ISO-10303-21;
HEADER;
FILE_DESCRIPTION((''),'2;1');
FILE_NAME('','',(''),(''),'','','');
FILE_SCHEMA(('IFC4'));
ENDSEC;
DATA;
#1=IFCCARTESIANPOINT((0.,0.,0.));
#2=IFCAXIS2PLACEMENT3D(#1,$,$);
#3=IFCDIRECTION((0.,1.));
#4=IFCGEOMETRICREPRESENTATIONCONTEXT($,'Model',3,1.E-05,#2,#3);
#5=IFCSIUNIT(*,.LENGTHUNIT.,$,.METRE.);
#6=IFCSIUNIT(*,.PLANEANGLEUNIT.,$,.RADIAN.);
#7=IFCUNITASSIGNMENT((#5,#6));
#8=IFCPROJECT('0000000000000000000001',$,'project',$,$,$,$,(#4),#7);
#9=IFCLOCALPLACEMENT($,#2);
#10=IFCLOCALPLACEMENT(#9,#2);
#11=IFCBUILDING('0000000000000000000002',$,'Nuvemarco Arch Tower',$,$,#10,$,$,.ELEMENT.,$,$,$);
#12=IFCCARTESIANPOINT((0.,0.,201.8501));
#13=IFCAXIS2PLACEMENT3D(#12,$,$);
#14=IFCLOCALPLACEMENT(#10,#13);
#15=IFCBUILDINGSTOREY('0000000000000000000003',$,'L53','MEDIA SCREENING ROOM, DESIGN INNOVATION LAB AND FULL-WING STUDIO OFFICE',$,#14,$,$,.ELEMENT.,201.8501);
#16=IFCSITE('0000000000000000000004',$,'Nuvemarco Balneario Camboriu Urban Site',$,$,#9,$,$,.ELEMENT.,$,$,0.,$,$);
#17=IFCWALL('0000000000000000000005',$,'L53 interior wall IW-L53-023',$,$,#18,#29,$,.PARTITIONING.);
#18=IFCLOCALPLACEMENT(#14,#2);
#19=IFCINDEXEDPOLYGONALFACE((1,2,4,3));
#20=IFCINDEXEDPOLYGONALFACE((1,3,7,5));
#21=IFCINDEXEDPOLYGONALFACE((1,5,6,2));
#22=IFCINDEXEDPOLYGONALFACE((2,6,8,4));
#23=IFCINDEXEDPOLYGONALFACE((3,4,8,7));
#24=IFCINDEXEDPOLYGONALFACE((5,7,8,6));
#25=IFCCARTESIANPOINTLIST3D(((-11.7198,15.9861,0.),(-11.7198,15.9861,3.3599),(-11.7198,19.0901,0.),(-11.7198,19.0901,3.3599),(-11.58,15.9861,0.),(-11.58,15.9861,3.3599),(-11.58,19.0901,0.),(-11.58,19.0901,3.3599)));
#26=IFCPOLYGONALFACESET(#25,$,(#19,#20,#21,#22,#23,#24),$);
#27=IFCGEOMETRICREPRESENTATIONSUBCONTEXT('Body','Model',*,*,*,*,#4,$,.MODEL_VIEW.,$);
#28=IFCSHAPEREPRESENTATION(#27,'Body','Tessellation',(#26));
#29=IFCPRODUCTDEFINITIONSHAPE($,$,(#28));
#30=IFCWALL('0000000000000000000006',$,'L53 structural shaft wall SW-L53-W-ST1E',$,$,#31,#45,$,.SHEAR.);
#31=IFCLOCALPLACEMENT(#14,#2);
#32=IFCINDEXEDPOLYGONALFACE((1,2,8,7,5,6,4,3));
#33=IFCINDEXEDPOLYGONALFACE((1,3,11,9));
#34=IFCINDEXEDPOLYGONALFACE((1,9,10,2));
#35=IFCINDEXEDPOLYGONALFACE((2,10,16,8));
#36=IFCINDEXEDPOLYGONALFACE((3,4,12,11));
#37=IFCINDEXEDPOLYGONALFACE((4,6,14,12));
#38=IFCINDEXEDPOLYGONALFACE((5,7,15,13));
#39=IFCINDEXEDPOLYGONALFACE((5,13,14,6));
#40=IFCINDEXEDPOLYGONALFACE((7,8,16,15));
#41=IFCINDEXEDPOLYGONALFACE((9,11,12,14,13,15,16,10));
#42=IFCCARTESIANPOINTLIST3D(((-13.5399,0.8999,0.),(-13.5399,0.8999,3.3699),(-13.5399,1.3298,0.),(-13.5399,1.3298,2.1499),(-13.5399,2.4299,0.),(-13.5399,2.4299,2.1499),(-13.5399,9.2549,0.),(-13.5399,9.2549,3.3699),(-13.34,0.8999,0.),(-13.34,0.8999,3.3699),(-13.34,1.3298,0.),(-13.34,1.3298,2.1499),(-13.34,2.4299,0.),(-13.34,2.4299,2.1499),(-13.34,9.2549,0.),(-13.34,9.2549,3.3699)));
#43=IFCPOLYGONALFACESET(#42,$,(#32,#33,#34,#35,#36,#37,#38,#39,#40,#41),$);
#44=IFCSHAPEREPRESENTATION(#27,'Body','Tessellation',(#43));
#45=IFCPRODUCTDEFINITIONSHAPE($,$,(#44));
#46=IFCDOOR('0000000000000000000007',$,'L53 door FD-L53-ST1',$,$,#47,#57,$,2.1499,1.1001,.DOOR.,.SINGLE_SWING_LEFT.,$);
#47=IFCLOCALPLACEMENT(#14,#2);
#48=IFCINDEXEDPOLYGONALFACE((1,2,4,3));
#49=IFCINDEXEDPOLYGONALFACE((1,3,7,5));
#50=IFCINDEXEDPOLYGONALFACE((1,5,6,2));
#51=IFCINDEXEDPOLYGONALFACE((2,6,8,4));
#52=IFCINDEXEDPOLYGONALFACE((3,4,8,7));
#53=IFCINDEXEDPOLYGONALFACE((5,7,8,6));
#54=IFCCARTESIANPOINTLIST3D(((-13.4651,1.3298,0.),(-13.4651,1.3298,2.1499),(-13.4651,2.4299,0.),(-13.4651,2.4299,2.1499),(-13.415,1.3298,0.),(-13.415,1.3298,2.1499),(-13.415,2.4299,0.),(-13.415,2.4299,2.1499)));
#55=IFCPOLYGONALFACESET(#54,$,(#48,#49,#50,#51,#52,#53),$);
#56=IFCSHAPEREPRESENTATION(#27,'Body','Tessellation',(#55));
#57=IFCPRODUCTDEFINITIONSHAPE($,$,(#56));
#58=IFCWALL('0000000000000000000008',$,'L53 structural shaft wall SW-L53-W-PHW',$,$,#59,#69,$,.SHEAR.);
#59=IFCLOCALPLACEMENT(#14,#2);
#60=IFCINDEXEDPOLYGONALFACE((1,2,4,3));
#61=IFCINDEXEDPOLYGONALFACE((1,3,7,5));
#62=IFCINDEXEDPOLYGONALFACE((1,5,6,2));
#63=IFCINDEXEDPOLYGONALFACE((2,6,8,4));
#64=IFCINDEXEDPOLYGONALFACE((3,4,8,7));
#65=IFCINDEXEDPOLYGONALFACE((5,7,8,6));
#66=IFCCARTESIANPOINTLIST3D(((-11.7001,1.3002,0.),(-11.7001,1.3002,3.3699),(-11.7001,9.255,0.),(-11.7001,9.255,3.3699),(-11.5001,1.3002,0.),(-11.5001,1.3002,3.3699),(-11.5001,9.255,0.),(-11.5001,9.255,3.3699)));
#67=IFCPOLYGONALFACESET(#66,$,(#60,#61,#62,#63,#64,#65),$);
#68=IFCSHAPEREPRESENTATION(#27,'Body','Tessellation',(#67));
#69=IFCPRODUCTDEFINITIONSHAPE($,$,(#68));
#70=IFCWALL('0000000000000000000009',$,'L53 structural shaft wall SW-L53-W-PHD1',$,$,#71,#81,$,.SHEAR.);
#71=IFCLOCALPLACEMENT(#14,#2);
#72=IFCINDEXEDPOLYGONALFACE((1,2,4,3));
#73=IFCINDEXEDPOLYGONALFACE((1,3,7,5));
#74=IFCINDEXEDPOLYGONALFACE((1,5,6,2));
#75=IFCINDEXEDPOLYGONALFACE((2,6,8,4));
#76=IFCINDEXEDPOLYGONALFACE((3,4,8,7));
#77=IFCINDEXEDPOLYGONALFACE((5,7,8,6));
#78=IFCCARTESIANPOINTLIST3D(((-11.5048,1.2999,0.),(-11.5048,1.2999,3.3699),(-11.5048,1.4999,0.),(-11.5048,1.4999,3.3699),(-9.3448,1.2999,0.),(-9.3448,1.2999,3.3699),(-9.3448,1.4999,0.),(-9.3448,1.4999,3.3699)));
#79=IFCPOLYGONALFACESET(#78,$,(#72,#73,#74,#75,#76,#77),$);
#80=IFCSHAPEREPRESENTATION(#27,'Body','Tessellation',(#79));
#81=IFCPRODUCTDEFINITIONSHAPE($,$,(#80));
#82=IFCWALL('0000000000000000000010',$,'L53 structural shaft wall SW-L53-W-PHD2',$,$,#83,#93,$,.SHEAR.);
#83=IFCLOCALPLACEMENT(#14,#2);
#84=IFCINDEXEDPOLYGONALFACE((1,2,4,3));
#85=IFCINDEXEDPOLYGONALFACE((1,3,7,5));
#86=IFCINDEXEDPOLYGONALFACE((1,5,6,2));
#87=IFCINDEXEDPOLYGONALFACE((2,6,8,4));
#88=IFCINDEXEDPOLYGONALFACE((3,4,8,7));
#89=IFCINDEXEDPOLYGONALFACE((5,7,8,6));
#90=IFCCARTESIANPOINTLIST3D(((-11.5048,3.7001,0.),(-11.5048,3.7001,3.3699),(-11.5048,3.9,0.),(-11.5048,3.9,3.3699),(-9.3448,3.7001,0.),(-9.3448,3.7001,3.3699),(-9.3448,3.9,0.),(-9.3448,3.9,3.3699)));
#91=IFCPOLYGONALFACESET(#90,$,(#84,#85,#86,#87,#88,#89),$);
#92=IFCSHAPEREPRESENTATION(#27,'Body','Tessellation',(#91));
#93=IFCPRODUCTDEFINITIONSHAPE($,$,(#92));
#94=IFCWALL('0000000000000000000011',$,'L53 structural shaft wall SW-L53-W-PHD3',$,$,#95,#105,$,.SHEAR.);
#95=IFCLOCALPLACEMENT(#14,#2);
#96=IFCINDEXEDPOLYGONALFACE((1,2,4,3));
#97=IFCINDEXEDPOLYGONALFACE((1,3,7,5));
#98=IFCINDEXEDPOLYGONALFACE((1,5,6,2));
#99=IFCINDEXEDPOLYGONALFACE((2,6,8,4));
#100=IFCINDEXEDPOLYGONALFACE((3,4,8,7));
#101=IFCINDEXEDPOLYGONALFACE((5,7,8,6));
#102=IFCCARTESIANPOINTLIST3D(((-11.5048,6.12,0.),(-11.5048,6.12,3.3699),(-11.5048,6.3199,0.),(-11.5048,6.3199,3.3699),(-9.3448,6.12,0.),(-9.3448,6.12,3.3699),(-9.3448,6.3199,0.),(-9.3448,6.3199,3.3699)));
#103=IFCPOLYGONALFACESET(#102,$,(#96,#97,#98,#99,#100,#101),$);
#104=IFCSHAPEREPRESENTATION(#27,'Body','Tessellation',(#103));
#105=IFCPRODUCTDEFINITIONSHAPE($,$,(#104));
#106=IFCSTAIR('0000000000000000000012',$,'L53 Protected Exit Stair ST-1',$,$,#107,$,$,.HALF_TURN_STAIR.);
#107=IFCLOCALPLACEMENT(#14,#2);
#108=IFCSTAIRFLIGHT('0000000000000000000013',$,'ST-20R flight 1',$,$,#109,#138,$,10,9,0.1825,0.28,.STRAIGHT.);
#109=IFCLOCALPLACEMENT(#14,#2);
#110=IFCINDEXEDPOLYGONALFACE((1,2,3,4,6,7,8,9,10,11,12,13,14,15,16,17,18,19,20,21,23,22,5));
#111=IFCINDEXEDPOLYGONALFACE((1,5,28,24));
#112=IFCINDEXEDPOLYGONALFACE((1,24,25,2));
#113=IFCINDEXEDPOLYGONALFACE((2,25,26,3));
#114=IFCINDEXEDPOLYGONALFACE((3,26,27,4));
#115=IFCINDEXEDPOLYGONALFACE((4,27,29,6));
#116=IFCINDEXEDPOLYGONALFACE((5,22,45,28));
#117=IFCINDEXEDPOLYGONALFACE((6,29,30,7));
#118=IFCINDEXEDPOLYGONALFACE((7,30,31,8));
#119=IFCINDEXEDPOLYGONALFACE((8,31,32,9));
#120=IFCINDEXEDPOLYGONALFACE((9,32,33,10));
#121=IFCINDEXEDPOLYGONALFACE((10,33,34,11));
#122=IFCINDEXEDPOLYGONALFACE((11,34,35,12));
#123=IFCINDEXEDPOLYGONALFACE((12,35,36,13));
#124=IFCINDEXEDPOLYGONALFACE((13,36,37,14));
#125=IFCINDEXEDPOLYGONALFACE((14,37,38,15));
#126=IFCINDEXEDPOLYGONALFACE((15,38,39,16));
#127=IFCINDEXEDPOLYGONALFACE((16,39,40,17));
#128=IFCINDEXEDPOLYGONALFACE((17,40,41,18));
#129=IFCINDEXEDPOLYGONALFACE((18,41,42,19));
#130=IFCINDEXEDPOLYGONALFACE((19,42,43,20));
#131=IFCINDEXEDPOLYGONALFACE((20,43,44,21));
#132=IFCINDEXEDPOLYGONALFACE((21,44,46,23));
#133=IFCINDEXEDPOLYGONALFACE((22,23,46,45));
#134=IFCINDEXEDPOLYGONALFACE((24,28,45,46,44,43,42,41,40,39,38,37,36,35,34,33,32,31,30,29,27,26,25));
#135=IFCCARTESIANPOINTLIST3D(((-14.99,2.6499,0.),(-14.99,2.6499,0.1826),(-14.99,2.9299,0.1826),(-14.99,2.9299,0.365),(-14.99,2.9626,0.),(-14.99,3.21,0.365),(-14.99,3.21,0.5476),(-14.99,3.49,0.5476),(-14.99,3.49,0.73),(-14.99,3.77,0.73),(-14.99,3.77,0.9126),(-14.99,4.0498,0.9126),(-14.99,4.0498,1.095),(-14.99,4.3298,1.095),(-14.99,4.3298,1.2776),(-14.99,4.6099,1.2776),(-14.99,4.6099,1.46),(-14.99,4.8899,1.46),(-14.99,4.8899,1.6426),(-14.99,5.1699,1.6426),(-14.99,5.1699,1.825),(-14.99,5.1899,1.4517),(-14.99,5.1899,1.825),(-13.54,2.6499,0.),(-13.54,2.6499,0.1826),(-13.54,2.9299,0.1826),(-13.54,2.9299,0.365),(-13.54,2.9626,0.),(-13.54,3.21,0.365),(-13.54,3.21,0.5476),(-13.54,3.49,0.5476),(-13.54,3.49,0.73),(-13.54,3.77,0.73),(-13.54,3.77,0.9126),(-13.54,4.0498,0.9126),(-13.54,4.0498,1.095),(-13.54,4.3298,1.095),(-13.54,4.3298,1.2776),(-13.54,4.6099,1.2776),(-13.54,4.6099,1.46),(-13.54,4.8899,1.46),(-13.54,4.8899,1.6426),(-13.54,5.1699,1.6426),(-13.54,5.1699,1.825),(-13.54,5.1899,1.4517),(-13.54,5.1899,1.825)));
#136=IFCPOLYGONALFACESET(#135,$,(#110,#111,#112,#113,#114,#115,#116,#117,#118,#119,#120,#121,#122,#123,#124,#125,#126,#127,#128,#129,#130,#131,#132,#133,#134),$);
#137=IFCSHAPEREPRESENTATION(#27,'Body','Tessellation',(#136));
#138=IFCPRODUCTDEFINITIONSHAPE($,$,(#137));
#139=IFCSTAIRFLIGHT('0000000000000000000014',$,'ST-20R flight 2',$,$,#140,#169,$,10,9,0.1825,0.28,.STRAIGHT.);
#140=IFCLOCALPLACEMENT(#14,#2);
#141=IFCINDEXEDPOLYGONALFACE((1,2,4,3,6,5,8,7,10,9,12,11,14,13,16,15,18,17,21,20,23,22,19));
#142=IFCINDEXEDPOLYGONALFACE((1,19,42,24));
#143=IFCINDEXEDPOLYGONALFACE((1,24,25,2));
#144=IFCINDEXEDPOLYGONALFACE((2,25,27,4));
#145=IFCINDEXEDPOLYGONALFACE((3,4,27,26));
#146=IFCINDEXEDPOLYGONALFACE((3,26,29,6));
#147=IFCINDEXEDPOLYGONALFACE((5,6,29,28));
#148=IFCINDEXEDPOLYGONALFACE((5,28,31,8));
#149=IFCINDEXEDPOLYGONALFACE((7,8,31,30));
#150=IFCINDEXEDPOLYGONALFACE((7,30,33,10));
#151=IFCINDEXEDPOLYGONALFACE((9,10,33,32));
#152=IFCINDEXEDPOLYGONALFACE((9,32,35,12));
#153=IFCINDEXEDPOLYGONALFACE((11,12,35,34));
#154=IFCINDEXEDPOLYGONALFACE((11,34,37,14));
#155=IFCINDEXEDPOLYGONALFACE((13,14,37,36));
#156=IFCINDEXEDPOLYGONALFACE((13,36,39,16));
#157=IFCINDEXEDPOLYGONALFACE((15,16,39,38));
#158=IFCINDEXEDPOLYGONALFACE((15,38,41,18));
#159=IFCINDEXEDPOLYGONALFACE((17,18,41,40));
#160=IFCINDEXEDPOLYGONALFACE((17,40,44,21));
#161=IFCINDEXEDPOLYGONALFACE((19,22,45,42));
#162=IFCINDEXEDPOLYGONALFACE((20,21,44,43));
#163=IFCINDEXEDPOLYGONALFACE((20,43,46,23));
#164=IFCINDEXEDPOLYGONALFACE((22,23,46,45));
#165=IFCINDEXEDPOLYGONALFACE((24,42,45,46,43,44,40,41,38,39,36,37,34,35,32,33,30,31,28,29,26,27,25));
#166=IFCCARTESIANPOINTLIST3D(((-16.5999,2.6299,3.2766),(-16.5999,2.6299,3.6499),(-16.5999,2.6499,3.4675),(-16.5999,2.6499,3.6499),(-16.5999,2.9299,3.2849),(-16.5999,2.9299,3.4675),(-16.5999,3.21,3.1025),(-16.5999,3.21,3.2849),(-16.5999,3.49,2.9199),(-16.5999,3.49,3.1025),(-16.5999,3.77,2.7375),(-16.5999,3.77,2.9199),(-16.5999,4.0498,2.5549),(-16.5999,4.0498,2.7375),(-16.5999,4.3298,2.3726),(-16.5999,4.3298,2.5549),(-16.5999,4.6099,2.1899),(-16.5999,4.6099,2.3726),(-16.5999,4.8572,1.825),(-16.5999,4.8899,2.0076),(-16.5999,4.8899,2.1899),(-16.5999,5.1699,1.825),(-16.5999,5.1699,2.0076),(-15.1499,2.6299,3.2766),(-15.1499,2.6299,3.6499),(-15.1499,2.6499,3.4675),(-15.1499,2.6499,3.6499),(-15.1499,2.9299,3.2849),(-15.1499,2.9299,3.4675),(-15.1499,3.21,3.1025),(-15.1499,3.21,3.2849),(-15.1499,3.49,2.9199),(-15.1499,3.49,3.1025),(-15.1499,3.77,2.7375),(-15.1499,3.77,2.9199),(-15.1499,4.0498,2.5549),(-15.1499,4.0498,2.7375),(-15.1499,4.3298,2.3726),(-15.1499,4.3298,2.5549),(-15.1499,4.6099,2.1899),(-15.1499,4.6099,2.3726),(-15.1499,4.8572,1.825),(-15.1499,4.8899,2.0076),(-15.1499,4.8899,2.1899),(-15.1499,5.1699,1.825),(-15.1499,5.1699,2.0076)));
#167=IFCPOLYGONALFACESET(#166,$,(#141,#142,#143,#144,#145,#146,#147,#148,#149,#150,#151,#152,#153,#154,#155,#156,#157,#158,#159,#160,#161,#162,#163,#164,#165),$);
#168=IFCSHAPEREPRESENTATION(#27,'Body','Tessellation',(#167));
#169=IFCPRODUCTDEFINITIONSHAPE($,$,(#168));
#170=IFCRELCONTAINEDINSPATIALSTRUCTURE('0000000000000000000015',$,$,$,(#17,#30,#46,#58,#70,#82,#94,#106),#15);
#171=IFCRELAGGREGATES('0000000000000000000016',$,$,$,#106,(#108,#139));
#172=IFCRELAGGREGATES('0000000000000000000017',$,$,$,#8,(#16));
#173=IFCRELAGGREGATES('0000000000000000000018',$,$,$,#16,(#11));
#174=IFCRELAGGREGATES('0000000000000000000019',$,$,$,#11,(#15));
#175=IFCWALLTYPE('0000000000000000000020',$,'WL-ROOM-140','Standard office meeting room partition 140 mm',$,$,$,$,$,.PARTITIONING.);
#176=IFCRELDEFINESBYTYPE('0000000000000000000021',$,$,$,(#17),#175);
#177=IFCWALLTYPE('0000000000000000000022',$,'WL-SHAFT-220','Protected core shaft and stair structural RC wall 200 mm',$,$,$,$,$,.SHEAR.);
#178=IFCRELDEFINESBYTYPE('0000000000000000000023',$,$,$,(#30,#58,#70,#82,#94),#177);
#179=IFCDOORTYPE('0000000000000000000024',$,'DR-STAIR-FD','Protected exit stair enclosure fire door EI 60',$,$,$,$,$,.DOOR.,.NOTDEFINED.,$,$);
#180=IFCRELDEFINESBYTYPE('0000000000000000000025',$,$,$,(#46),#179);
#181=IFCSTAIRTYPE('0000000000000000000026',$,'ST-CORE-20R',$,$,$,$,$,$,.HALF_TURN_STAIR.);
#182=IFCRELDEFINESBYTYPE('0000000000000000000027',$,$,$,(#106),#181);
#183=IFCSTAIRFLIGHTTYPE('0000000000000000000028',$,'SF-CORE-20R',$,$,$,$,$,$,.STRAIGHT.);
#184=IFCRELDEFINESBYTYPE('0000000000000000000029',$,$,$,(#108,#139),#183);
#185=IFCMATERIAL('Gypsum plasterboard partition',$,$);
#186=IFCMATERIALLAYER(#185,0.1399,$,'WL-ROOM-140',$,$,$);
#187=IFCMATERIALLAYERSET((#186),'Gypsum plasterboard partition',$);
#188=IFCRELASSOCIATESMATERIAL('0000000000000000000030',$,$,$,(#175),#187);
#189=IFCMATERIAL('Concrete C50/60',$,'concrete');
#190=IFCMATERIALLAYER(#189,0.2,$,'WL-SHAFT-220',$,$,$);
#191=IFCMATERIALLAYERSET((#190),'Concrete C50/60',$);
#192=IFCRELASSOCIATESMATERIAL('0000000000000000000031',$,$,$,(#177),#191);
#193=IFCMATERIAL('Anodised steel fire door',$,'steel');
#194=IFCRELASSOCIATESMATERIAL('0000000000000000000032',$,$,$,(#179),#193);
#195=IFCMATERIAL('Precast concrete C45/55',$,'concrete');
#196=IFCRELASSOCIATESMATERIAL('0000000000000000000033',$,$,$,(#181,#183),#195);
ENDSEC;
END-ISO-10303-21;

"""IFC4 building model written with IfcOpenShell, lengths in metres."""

from ifc_helpers import new_model, si_unit, direction, frame, frame_2d, origin, place, context, subcontext, project, spatial, polyline, rectangle, outline, extrude, source, transform, mapped, material, layer, layer_set, type_object, type_shapes, element, fill, aggregate, save


model = new_model("IFC4")

# Units and contexts
model_context = context("Model", 3, precision=1e-05, world=origin(), true_north=direction((0.0, 1.0)))
body_context = subcontext(model_context, "Body", "Model", "MODEL_VIEW")
ifc_project = project(units=[si_unit("LENGTHUNIT", "METRE"), si_unit("PLANEANGLEUNIT", "RADIAN")], contexts=[model_context])

# Site, building, storey
site_placement = place(None, origin())
site = spatial("IfcSite", under=ifc_project, at=site_placement, Name="Nuvemarco Balneario Camboriu Urban Site", CompositionType="ELEMENT", RefElevation=0.0)
building_placement = place(site_placement, origin())
building = spatial("IfcBuilding", under=site, at=building_placement, Name="Nuvemarco Arch Tower", CompositionType="ELEMENT")
storey_placement = place(building_placement, frame((0.0, 0.0, 201.8501)))
storey = spatial("IfcBuildingStorey", under=building, at=storey_placement, Name="L53", Description="MEDIA SCREENING ROOM, DESIGN INNOVATION LAB AND FULL-WING STUDIO OFFICE", CompositionType="ELEMENT", Elevation=201.8501)

# Shared definitions
ifc_material_1 = material(Name="Concrete C50/60", Category="concrete")

# Shared definitions
ifc_material_2 = material(Name="Precast concrete C45/55", Category="concrete")

# Wall
ifc_material_3 = material(Name="Gypsum plasterboard partition")
ifc_layer_1 = layer(ifc_material_3, 0.1399, Name="WL-ROOM-140")
ifc_layer_set_1 = layer_set([ifc_layer_1], Name="Gypsum plasterboard partition")
wall_type_1 = type_object("IfcWallType", Name="WL-ROOM-140", Description="Standard office meeting room partition 140 mm", PredefinedType="PARTITIONING", material=ifc_layer_set_1)
wall_1_placement = place(storey_placement, frame((-11.6499, 15.9861, 0.0), z_axis=(0.0, 0.0, 1.0), x_axis=(0.0, 1.0, 0.0)))
element("IfcWall", 1, at=wall_1_placement, inside=storey, type_object=wall_type_1, Name="L53 interior wall IW-L53-023", PredefinedType="PARTITIONING", context=body_context, shape_type="SweptSolid", body=[
    extrude(rectangle(XDim=3.104, YDim=0.1399, at=frame_2d((1.552, 0.0))), origin(), (0.0, 0.0, 1.0), 3.3599),
])

# Wall, opening, door
ifc_layer_2 = layer(ifc_material_1, 0.2, Name="WL-SHAFT-220")
ifc_layer_set_2 = layer_set([ifc_layer_2], Name="Concrete C50/60")
wall_type_2 = type_object("IfcWallType", Name="WL-SHAFT-220", Description="Protected core shaft and stair structural RC wall 200 mm", PredefinedType="SHEAR", material=ifc_layer_set_2)
wall_2_placement = place(storey_placement, frame((-13.4399, 0.8999, 0.0), z_axis=(0.0, 0.0, 1.0), x_axis=(0.0, 1.0, 0.0)))
wall_2 = element("IfcWall", 2, at=wall_2_placement, inside=storey, type_object=wall_type_2, Name="L53 structural shaft wall SW-L53-W-ST1E", PredefinedType="SHEAR", context=body_context, shape_type="SweptSolid", body=[
    extrude(rectangle(XDim=8.355, YDim=0.2, at=frame_2d((4.1775, 0.0))), origin(), (0.0, 0.0, 1.0), 3.3699),
])
opening_1_placement = place(wall_2_placement, frame((1.53, 0.0, 0.0), z_axis=(0.0, 0.0, 1.0), x_axis=(-1.0, 0.0, 0.0)))
opening_1 = element("IfcOpeningElement", 3, at=opening_1_placement, cuts=wall_2, PredefinedType="OPENING", context=body_context, shape_type="SweptSolid", body=[
    extrude(rectangle(XDim=1.1001, YDim=2.1499, at=frame_2d((0.55, 1.075))), frame((0.0, 0.1099, 0.0), z_axis=(0.0, -1.0, 0.0), x_axis=(1.0, 0.0, 0.0)), (0.0, 0.0, 1.0), 0.22),
])
ifc_material_4 = material(Name="Anodised steel fire door", Category="steel")
door_type_1 = type_object("IfcDoorType", Name="DR-STAIR-FD", Description="Protected exit stair enclosure fire door EI 60", OperationType="NOTDEFINED", PredefinedType="DOOR", material=ifc_material_4)
shared_shape_1 = source(origin(), body_context, "Body", "SweptSolid", [
    extrude(rectangle(XDim=1.1001, YDim=2.1499, at=frame_2d((0.55, 1.075))), frame((0.0, 0.0249, 0.0), z_axis=(0.0, -1.0, 0.0), x_axis=(1.0, 0.0, 0.0)), (0.0, 0.0, 1.0), 0.05),
])
type_shapes(door_type_1, [shared_shape_1])
door_1_placement = place(opening_1_placement, origin())
door_1 = element("IfcDoor", 4, at=door_1_placement, inside=storey, type_object=door_type_1, Name="L53 door FD-L53-ST1", OperationType="SINGLE_SWING_LEFT", OverallHeight=2.1499, OverallWidth=1.1001, PredefinedType="DOOR", context=body_context, shape_type="MappedRepresentation", body=[
    mapped(shared_shape_1, transform((0.0, 0.0, 0.0), scale=1.0)),
])
fill(opening_1, door_1)

# Walls
wall_3_placement = place(storey_placement, frame((-11.6001, 1.3, 0.0), z_axis=(0.0, 0.0, 1.0), x_axis=(0.0, 1.0, 0.0)))
element("IfcWall", 5, at=wall_3_placement, inside=storey, type_object=wall_type_2, Name="L53 structural shaft wall SW-L53-W-PHW", PredefinedType="SHEAR", context=body_context, shape_type="SweptSolid", body=[
    extrude(rectangle(XDim=7.9548, YDim=0.2, at=frame_2d((3.9775, 0.0))), origin(), (0.0, 0.0, 1.0), 3.3699),
])
for number, where, z_axis, x_axis, name in (
    (6, (-11.5049, 1.3999, 0.0), (0.0, 0.0, 1.0), (1.0, 0.0, 0.0), "L53 structural shaft wall SW-L53-W-PHD1"),
    (7, (-11.5049, 3.8, 0.0), (0.0, 0.0, 1.0), (1.0, 0.0, 0.0), "L53 structural shaft wall SW-L53-W-PHD2"),
    (8, (-11.5049, 6.22, 0.0), (0.0, 0.0, 1.0), (1.0, 0.0, 0.0), "L53 structural shaft wall SW-L53-W-PHD3"),
):
    element("IfcWall", number, at=place(storey_placement, frame(where, z_axis=z_axis, x_axis=x_axis)), inside=storey, type_object=wall_type_2, Name=name, PredefinedType="SHEAR", context=body_context, shape_type="SweptSolid", body=[
        extrude(rectangle(XDim=2.1599, YDim=0.2, at=frame_2d((1.0801, 0.0))), origin(), (0.0, 0.0, 1.0), 3.3699),
    ])

# Stair, stair flights
stair_type = type_object("IfcStairType", Name="ST-CORE-20R", PredefinedType="HALF_TURN_STAIR", material=ifc_material_2)
stair_placement = place(storey_placement, origin())
stair = element("IfcStair", 9, at=stair_placement, inside=storey, type_object=stair_type, Name="L53 Protected Exit Stair ST-1", PredefinedType="HALF_TURN_STAIR")
stair_flight_type = type_object("IfcStairFlightType", Name="SF-CORE-20R", PredefinedType="STRAIGHT", material=ifc_material_2)
stair_flight_1_placement = place(storey_placement, frame((-14.2649, 2.6499, 0.0), z_axis=(0.0, 0.0, 1.0), x_axis=(0.0, 1.0, 0.0)))
stair_flight_1 = element("IfcStairFlight", 10, at=stair_flight_1_placement, type_object=stair_flight_type, Name="ST-20R flight 1", NumberOfRisers=10, NumberOfTreads=9, PredefinedType="STRAIGHT", RiserHeight=0.1825, TreadLength=0.28, context=body_context, shape_type="SweptSolid", body=[
    extrude(outline(polyline([(0.0, 0.0), (0.0, 0.1826), (0.28, 0.1826), (0.28, 0.365), (0.5601, 0.365), (0.5601, 0.5476), (0.8401, 0.5476), (0.8401, 0.73), (1.1201, 0.73), (1.1201, 0.9126), (1.3999, 0.9126), (1.3999, 1.095), (1.6799, 1.095), (1.6799, 1.2776), (1.96, 1.2776), (1.96, 1.46), (2.24, 1.46), (2.24, 1.6426), (2.52, 1.6426), (2.52, 1.825), (2.54, 1.825), (2.54, 1.4517), (0.3127, 0.0), (0.0, 0.0)])), frame((0.0, 0.7251, 0.0), z_axis=(0.0, -1.0, 0.0), x_axis=(1.0, 0.0, 0.0)), (0.0, 0.0, 1.0), 1.45),
])
stair_flight_2_placement = place(storey_placement, frame((-15.875, 5.1699, 1.825), z_axis=(0.0, 0.0, 1.0), x_axis=(0.0, -1.0, 0.0)))
stair_flight_2 = element("IfcStairFlight", 11, at=stair_flight_2_placement, type_object=stair_flight_type, Name="ST-20R flight 2", NumberOfRisers=10, NumberOfTreads=9, PredefinedType="STRAIGHT", RiserHeight=0.1825, TreadLength=0.28, context=body_context, shape_type="SweptSolid", body=[
    extrude(outline(polyline([(0.0, 0.0), (0.0, 0.1826), (0.28, 0.1826), (0.28, 0.365), (0.5601, 0.365), (0.5601, 0.5476), (0.8401, 0.5476), (0.8401, 0.73), (1.1201, 0.73), (1.1201, 0.9126), (1.3999, 0.9126), (1.3999, 1.095), (1.6799, 1.095), (1.6799, 1.2776), (1.96, 1.2776), (1.96, 1.46), (2.24, 1.46), (2.24, 1.6426), (2.52, 1.6426), (2.52, 1.825), (2.54, 1.825), (2.54, 1.4517), (0.3127, 0.0), (0.0, 0.0)])), frame((0.0, 0.7251, 0.0), z_axis=(0.0, -1.0, 0.0), x_axis=(1.0, 0.0, 0.0)), (0.0, 0.0, 1.0), 1.45),
])
aggregate(stair, [stair_flight_1, stair_flight_2])

save(model, "model.ifc")
